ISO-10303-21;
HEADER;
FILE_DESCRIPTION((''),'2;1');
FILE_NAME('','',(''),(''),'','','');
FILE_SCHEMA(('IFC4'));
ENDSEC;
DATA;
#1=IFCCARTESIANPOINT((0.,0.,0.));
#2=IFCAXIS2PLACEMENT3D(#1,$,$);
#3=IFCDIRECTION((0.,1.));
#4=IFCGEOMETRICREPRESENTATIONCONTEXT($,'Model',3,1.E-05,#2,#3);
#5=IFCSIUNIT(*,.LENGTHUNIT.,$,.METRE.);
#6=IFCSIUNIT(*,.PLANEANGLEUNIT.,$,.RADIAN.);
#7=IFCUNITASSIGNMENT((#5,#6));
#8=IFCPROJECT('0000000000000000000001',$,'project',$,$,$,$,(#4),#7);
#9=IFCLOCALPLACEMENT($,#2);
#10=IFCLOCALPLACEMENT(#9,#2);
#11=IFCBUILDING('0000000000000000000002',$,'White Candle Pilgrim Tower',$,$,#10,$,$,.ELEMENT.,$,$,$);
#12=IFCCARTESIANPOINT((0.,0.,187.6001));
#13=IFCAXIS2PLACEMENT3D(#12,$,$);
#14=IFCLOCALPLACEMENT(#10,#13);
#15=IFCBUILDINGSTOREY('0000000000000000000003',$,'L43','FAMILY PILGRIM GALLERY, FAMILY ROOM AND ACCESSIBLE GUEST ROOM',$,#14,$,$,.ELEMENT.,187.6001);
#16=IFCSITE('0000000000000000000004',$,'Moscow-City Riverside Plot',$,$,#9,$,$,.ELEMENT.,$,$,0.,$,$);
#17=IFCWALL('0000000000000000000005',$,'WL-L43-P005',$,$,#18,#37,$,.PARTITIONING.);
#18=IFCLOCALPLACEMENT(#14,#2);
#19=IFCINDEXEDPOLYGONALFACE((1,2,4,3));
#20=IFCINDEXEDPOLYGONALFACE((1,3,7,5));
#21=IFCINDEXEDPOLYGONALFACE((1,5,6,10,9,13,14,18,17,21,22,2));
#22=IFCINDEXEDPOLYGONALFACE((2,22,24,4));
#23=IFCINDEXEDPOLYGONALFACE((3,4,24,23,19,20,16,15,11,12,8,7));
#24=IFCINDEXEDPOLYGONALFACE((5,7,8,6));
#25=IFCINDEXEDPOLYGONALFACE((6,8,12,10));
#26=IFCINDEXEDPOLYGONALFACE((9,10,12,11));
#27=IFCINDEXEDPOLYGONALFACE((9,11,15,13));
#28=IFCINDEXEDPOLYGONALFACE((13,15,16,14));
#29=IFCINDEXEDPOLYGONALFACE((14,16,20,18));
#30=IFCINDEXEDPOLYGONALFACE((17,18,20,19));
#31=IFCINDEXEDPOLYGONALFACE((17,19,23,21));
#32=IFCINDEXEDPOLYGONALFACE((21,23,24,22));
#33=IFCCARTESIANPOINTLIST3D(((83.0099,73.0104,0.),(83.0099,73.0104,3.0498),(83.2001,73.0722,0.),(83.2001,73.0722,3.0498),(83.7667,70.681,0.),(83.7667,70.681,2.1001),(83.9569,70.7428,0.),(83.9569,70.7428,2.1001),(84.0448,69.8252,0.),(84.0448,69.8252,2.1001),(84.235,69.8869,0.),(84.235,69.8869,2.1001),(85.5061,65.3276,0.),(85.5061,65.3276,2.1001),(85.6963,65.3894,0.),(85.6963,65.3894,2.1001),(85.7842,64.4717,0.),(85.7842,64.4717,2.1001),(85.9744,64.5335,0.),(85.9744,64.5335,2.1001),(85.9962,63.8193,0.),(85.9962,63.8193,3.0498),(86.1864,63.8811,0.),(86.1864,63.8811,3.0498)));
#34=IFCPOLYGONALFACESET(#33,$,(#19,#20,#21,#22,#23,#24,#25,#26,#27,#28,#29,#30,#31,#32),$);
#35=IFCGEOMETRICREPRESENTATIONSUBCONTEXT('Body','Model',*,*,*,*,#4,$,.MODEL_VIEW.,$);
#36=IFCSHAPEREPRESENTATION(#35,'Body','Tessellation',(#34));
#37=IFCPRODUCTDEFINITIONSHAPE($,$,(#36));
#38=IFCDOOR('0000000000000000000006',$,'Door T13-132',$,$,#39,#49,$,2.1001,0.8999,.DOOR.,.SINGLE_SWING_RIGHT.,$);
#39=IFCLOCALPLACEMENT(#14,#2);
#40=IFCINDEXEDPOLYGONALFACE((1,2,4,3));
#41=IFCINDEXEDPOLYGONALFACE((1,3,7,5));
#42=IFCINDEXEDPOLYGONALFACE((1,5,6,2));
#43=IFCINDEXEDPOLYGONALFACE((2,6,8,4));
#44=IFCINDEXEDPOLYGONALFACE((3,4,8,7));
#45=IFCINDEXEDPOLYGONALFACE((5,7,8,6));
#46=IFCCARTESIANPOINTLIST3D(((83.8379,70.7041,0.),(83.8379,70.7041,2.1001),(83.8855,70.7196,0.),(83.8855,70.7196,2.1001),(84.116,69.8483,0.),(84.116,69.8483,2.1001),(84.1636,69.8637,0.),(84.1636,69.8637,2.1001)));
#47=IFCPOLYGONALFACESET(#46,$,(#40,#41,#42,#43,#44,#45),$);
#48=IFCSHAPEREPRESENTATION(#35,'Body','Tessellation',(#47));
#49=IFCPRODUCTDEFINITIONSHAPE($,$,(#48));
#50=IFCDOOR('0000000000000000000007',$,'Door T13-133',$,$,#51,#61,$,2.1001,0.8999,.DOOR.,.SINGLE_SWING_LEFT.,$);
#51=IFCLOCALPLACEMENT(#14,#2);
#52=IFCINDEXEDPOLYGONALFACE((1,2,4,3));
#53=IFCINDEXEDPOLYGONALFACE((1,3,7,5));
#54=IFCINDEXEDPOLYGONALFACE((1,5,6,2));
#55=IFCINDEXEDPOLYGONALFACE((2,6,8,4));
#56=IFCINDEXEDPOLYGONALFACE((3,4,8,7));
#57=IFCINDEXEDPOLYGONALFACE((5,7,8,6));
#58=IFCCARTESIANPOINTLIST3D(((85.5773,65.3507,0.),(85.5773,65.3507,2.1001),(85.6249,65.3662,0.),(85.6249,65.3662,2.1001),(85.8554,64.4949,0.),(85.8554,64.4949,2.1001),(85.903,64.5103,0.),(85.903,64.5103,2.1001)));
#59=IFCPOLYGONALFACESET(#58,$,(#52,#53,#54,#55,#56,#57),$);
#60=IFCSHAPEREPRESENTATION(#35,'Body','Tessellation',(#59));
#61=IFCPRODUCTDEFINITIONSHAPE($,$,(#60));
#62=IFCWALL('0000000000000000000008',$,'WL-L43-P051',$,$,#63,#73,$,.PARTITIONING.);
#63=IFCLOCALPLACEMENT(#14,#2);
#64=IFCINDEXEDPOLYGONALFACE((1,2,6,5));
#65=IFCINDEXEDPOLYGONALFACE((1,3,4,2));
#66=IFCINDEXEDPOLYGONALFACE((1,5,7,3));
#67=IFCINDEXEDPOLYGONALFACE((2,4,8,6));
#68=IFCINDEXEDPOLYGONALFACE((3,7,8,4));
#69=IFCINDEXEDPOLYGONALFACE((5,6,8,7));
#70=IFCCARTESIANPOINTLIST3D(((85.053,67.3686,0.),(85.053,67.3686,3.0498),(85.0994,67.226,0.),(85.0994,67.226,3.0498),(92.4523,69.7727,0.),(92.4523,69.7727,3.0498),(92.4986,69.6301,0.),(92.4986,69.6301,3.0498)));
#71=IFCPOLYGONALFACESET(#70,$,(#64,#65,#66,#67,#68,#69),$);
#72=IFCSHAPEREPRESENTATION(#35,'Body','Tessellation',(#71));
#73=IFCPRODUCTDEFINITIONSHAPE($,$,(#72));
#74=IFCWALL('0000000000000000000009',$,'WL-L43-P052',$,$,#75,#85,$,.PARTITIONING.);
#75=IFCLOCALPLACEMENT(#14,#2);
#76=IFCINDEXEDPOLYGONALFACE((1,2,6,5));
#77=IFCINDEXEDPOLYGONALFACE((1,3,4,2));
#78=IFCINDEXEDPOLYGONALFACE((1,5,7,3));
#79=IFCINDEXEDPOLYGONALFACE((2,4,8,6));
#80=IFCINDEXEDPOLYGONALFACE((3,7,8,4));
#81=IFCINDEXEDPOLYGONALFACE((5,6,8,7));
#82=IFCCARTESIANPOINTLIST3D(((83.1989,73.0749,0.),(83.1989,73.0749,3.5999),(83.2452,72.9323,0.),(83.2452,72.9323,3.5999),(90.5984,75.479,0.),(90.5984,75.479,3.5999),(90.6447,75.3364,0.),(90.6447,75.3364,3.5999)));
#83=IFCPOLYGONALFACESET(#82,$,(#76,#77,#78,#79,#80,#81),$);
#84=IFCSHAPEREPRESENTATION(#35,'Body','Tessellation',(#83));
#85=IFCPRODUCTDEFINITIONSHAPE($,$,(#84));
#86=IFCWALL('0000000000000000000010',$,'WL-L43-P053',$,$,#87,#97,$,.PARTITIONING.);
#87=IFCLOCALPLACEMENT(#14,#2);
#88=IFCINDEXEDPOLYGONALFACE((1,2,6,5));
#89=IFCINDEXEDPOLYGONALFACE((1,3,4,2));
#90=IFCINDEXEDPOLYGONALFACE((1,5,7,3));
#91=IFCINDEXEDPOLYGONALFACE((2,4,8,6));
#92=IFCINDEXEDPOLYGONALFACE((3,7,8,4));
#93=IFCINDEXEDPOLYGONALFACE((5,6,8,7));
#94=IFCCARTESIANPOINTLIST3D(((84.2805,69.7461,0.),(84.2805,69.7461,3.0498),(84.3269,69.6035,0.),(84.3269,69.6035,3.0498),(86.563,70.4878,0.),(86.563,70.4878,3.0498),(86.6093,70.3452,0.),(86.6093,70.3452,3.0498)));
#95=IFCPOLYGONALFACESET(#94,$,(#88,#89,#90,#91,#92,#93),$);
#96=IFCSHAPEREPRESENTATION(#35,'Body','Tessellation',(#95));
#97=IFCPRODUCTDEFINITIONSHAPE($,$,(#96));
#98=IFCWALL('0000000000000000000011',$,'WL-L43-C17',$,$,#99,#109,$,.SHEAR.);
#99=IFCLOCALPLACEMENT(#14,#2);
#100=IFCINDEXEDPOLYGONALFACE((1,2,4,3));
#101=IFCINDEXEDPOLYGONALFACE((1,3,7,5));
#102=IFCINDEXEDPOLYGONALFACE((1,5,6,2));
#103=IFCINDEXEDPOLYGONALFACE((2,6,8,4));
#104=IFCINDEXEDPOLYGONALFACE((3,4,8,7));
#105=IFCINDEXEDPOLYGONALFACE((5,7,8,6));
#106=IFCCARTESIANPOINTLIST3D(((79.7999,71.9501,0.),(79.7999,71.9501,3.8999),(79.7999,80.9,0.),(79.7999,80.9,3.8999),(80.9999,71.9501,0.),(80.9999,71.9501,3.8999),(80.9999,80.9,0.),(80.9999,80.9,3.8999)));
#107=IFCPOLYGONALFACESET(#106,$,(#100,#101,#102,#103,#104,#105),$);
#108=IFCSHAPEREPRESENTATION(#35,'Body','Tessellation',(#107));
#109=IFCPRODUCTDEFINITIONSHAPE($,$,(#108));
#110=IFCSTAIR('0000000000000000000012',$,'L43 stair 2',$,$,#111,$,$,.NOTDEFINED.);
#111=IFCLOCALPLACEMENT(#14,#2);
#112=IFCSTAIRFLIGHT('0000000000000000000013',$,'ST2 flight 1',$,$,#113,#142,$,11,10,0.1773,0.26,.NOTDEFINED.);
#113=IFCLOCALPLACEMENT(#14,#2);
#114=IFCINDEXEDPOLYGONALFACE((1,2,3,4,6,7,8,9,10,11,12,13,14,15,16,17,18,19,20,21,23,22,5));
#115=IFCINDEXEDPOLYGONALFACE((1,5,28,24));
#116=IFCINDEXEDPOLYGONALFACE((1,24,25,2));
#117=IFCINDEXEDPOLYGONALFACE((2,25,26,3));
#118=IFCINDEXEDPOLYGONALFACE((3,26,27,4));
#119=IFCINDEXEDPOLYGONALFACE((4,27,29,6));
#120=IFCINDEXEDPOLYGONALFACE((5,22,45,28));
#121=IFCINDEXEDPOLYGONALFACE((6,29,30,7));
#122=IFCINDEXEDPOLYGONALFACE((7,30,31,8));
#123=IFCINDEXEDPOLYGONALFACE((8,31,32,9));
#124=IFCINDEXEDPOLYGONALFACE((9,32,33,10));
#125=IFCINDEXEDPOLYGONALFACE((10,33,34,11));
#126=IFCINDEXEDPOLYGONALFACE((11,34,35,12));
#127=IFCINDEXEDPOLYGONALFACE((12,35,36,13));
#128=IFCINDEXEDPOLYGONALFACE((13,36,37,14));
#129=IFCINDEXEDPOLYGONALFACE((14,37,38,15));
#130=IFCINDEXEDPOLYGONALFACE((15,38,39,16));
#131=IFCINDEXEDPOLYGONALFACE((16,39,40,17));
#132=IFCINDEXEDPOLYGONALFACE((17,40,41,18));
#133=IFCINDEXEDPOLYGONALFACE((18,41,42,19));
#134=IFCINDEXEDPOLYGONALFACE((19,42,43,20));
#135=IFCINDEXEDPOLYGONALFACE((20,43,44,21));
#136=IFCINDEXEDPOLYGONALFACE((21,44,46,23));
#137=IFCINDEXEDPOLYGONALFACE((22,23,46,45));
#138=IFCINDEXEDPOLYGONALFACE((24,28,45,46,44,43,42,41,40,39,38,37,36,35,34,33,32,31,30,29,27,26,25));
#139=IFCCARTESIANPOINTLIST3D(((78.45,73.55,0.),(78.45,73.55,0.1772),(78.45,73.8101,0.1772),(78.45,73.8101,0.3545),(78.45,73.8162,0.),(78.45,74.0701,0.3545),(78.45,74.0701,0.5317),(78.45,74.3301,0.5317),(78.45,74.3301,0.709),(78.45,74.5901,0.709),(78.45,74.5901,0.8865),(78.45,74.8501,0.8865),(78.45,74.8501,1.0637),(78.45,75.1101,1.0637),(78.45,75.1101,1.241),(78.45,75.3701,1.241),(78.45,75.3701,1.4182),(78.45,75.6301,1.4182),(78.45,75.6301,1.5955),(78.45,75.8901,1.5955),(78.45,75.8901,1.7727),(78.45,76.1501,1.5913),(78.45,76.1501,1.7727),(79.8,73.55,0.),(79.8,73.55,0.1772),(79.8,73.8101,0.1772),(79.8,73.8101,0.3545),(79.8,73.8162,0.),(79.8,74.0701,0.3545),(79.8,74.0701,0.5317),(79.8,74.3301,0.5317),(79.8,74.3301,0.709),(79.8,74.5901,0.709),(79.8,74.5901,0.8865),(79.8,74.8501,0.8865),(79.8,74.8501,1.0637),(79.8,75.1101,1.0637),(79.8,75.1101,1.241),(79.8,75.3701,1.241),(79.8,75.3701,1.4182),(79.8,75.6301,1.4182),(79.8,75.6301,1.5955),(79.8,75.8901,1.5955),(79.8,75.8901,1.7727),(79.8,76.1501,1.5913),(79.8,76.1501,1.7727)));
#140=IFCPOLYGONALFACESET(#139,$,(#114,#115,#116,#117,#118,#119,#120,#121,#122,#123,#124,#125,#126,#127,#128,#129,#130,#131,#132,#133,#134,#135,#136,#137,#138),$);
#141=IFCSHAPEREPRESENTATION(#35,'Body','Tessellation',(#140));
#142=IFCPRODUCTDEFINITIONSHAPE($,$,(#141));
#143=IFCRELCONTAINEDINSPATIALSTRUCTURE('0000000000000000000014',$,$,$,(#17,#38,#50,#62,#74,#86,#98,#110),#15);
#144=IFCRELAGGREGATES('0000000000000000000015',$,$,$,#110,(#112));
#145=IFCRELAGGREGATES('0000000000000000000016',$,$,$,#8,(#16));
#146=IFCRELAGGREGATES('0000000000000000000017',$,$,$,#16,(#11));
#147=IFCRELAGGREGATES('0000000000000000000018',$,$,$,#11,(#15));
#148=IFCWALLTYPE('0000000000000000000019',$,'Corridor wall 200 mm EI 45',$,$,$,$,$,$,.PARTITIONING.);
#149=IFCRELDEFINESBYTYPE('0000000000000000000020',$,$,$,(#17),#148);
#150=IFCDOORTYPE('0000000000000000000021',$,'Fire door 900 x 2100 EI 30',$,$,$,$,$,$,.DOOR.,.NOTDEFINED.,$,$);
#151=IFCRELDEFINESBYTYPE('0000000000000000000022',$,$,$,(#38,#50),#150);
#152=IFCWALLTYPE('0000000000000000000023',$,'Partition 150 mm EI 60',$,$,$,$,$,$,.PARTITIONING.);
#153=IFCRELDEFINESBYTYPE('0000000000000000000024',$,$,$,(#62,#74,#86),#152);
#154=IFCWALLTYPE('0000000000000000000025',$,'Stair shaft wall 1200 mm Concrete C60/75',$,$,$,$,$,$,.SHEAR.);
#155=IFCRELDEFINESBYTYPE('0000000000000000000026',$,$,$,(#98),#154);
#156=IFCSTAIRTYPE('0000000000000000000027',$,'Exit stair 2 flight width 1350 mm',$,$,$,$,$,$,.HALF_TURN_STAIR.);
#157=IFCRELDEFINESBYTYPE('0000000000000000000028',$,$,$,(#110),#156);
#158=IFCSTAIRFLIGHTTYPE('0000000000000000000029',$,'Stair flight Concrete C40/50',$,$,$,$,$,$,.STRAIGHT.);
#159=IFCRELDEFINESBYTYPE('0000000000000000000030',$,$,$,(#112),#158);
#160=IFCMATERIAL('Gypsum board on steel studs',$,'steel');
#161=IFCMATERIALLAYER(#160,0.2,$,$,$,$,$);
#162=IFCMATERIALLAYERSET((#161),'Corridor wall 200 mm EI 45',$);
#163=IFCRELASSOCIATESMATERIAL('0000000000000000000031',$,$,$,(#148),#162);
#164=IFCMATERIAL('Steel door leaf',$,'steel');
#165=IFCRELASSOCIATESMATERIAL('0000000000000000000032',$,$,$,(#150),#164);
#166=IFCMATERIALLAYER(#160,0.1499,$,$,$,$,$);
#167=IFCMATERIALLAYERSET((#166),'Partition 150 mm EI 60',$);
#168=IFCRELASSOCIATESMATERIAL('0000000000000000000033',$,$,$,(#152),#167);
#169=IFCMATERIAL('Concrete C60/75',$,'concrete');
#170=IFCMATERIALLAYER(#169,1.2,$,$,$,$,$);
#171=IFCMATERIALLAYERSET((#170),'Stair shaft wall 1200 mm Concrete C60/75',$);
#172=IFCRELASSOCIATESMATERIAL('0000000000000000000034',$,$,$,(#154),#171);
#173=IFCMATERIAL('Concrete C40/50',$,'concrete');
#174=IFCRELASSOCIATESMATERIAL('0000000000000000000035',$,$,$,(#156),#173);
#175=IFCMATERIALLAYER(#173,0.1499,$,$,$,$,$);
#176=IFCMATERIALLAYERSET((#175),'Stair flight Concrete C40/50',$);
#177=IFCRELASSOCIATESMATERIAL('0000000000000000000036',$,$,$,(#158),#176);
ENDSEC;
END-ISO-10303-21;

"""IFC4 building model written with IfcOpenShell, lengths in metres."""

from ifc_helpers import new_model, si_unit, direction, frame, frame_2d, origin, place, context, subcontext, project, spatial, polyline, rectangle, outline, extrude, material, layer, layer_set, type_object, element, fill, aggregate, save


model = new_model("IFC4")

# Units and contexts
model_context = context("Model", 3, precision=1e-05, world=origin(), true_north=direction((0.0, 1.0)))
body_context = subcontext(model_context, "Body", "Model", "MODEL_VIEW")
ifc_project = project(units=[si_unit("LENGTHUNIT", "METRE"), si_unit("PLANEANGLEUNIT", "RADIAN")], contexts=[model_context])

# Site, building, storey
site_placement = place(None, origin())
site = spatial("IfcSite", under=ifc_project, at=site_placement, Name="Moscow-City Riverside Plot", CompositionType="ELEMENT", RefElevation=0.0)
building_placement = place(site_placement, origin())
building = spatial("IfcBuilding", under=site, at=building_placement, Name="White Candle Pilgrim Tower", CompositionType="ELEMENT")
storey_placement = place(building_placement, frame((0.0, 0.0, 187.6001)))
storey = spatial("IfcBuildingStorey", under=building, at=storey_placement, Name="L43", Description="FAMILY PILGRIM GALLERY, FAMILY ROOM AND ACCESSIBLE GUEST ROOM", CompositionType="ELEMENT", Elevation=187.6001)

# Wall, openings, doors
ifc_material_1 = material(Name="Gypsum board on steel studs", Category="steel")
ifc_layer_1 = layer(ifc_material_1, 0.2)
ifc_layer_set_1 = layer_set([ifc_layer_1], Name="Corridor wall 200 mm EI 45")
wall_type_1 = type_object("IfcWallType", Name="Corridor wall 200 mm EI 45", PredefinedType="PARTITIONING", material=ifc_layer_set_1)
wall_1_placement = place(storey_placement, frame((83.105, 73.0413, 0.0), z_axis=(0.0, 0.0, 1.0), x_axis=(0.309011, -0.951058, 0.0)))
wall_1 = element("IfcWall", 1, at=wall_1_placement, inside=storey, type_object=wall_type_1, Name="WL-L43-P005", PredefinedType="PARTITIONING", context=body_context, shape_type="SweptSolid", body=[
    extrude(rectangle(XDim=9.6641, YDim=0.2, at=frame_2d((4.832, 0.0))), origin(), (0.0, 0.0, 1.0), 3.0498),
])
opening_1_placement = place(wall_1_placement, frame((2.4492, 0.0, 0.0)))
opening_1 = element("IfcOpeningElement", 2, at=opening_1_placement, cuts=wall_1, PredefinedType="OPENING", context=body_context, shape_type="SweptSolid", body=[
    extrude(rectangle(XDim=0.8999, YDim=2.1001, at=frame_2d((0.45, 1.05))), frame((0.0, 0.1099, 0.0), z_axis=(0.0, -1.0, 0.0), x_axis=(1.0, 0.0, 0.0)), (0.0, 0.0, 1.0), 0.22),
])
opening_2_placement = place(wall_1_placement, frame((8.0781, 0.0, 0.0)))
opening_2 = element("IfcOpeningElement", 3, at=opening_2_placement, cuts=wall_1, PredefinedType="OPENING", context=body_context, shape_type="SweptSolid", body=[
    extrude(rectangle(XDim=0.8999, YDim=2.1001, at=frame_2d((0.45, 1.05))), frame((0.0, 0.1099, 0.0), z_axis=(0.0, -1.0, 0.0), x_axis=(1.0, 0.0, 0.0)), (0.0, 0.0, 1.0), 0.22),
])
ifc_material_2 = material(Name="Steel door leaf", Category="steel")
door_type = type_object("IfcDoorType", Name="Fire door 900 x 2100 EI 30", OperationType="NOTDEFINED", PredefinedType="DOOR", material=ifc_material_2)
door_1_placement = place(opening_1_placement, origin())
door_1 = element("IfcDoor", 4, at=door_1_placement, inside=storey, type_object=door_type, Name="Door T13-132", OperationType="SINGLE_SWING_RIGHT", OverallHeight=2.1001, OverallWidth=0.8999, PredefinedType="DOOR", context=body_context, shape_type="SweptSolid", body=[
    extrude(rectangle(XDim=0.8999, YDim=2.1001, at=frame_2d((0.45, 1.05))), frame((0.0, 0.0249, 0.0), z_axis=(0.0, -1.0, 0.0), x_axis=(1.0, 0.0, 0.0)), (0.0, 0.0, 1.0), 0.05),
])
fill(opening_1, door_1)
door_2_placement = place(opening_2_placement, origin())
door_2 = element("IfcDoor", 5, at=door_2_placement, inside=storey, type_object=door_type, Name="Door T13-133", OperationType="SINGLE_SWING_LEFT", OverallHeight=2.1001, OverallWidth=0.8999, PredefinedType="DOOR", context=body_context, shape_type="SweptSolid", body=[
    extrude(rectangle(XDim=0.8999, YDim=2.1001, at=frame_2d((0.45, 1.05))), frame((0.0, 0.0249, 0.0), z_axis=(0.0, -1.0, 0.0), x_axis=(1.0, 0.0, 0.0)), (0.0, 0.0, 1.0), 0.05),
])
fill(opening_2, door_2)

# Walls
ifc_layer_2 = layer(ifc_material_1, 0.1499)
ifc_layer_set_2 = layer_set([ifc_layer_2], Name="Partition 150 mm EI 60")
wall_type_2 = type_object("IfcWallType", Name="Partition 150 mm EI 60", PredefinedType="PARTITIONING", material=ifc_layer_set_2)
wall_2_placement = place(storey_placement, frame((92.4756, 69.7014, 0.0), z_axis=(0.0, 0.0, 1.0), x_axis=(-0.95106, -0.309007, 0.0)))
element("IfcWall", 6, at=wall_2_placement, inside=storey, type_object=wall_type_2, Name="WL-L43-P051", PredefinedType="PARTITIONING", context=body_context, shape_type="SweptSolid", body=[
    extrude(rectangle(XDim=7.78, YDim=0.1499, at=frame_2d((3.8901, 0.0))), origin(), (0.0, 0.0, 1.0), 3.0498),
])
wall_3_placement = place(storey_placement, frame((90.6216, 75.4077, 0.0), z_axis=(0.0, 0.0, 1.0), x_axis=(-0.951063, -0.308998, 0.0)))
element("IfcWall", 7, at=wall_3_placement, inside=storey, type_object=wall_type_2, Name="WL-L43-P052", PredefinedType="PARTITIONING", context=body_context, shape_type="SweptSolid", body=[
    extrude(rectangle(XDim=7.7803, YDim=0.1499, at=frame_2d((3.8901, 0.0))), origin(), (0.0, 0.0, 1.0), 3.5999),
])
wall_4_placement = place(storey_placement, frame((84.3037, 69.6748, 0.0), z_axis=(0.0, 0.0, 1.0), x_axis=(0.951047, 0.309047, 0.0)))
element("IfcWall", 8, at=wall_4_placement, inside=storey, type_object=wall_type_2, Name="WL-L43-P053", PredefinedType="PARTITIONING", context=body_context, shape_type="SweptSolid", body=[
    extrude(rectangle(XDim=2.3999, YDim=0.1499, at=frame_2d((1.2, 0.0))), origin(), (0.0, 0.0, 1.0), 3.0498),
])
ifc_material_3 = material(Name="Concrete C60/75", Category="concrete")
ifc_layer_3 = layer(ifc_material_3, 1.2)
ifc_layer_set_3 = layer_set([ifc_layer_3], Name="Stair shaft wall 1200 mm Concrete C60/75")
wall_type_3 = type_object("IfcWallType", Name="Stair shaft wall 1200 mm Concrete C60/75", PredefinedType="SHEAR", material=ifc_layer_set_3)
wall_5_placement = place(storey_placement, frame((80.3999, 71.95, 0.0), z_axis=(0.0, 0.0, 1.0), x_axis=(0.0, 1.0, 0.0)))
element("IfcWall", 9, at=wall_5_placement, inside=storey, type_object=wall_type_3, Name="WL-L43-C17", PredefinedType="SHEAR", context=body_context, shape_type="SweptSolid", body=[
    extrude(rectangle(XDim=8.95, YDim=1.2, at=frame_2d((4.4751, 0.0))), origin(), (0.0, 0.0, 1.0), 3.8999),
])

# Stair, stair flight
ifc_material_4 = material(Name="Concrete C40/50", Category="concrete")
stair_type = type_object("IfcStairType", Name="Exit stair 2 flight width 1350 mm", PredefinedType="HALF_TURN_STAIR", material=ifc_material_4)
stair_placement = place(storey_placement, origin())
stair = element("IfcStair", 10, at=stair_placement, inside=storey, type_object=stair_type, Name="L43 stair 2", PredefinedType="NOTDEFINED")
ifc_layer_4 = layer(ifc_material_4, 0.1499)
ifc_layer_set_4 = layer_set([ifc_layer_4], Name="Stair flight Concrete C40/50")
stair_flight_type = type_object("IfcStairFlightType", Name="Stair flight Concrete C40/50", PredefinedType="STRAIGHT", material=ifc_layer_set_4)
stair_flight_placement = place(storey_placement, frame((79.125, 73.55, 0.0), z_axis=(0.0, 0.0, 1.0), x_axis=(0.0, 1.0, 0.0)))
stair_flight = element("IfcStairFlight", 11, at=stair_flight_placement, type_object=stair_flight_type, Name="ST2 flight 1", NumberOfRisers=11, NumberOfTreads=10, PredefinedType="NOTDEFINED", RiserHeight=0.1773, TreadLength=0.26, context=body_context, shape_type="SweptSolid", body=[
    extrude(outline(polyline([(0.0, 0.0), (0.0, 0.1772), (0.26, 0.1772), (0.26, 0.3545), (0.52, 0.3545), (0.52, 0.5317), (0.78, 0.5317), (0.78, 0.709), (1.04, 0.709), (1.04, 0.8865), (1.3, 0.8865), (1.3, 1.0637), (1.5601, 1.0637), (1.5601, 1.241), (1.8201, 1.241), (1.8201, 1.4182), (2.0801, 1.4182), (2.0801, 1.5955), (2.3401, 1.5955), (2.3401, 1.7727), (2.6001, 1.7727), (2.6001, 1.95), (2.6001, 1.5913), (0.2661, 0.0), (0.0, 0.0)])), frame((0.0, 0.675, 0.0), z_axis=(0.0, -1.0, 0.0), x_axis=(1.0, 0.0, 0.0)), (0.0, 0.0, 1.0), 1.3501),
])
aggregate(stair, [stair_flight])

save(model, "model.ifc")
